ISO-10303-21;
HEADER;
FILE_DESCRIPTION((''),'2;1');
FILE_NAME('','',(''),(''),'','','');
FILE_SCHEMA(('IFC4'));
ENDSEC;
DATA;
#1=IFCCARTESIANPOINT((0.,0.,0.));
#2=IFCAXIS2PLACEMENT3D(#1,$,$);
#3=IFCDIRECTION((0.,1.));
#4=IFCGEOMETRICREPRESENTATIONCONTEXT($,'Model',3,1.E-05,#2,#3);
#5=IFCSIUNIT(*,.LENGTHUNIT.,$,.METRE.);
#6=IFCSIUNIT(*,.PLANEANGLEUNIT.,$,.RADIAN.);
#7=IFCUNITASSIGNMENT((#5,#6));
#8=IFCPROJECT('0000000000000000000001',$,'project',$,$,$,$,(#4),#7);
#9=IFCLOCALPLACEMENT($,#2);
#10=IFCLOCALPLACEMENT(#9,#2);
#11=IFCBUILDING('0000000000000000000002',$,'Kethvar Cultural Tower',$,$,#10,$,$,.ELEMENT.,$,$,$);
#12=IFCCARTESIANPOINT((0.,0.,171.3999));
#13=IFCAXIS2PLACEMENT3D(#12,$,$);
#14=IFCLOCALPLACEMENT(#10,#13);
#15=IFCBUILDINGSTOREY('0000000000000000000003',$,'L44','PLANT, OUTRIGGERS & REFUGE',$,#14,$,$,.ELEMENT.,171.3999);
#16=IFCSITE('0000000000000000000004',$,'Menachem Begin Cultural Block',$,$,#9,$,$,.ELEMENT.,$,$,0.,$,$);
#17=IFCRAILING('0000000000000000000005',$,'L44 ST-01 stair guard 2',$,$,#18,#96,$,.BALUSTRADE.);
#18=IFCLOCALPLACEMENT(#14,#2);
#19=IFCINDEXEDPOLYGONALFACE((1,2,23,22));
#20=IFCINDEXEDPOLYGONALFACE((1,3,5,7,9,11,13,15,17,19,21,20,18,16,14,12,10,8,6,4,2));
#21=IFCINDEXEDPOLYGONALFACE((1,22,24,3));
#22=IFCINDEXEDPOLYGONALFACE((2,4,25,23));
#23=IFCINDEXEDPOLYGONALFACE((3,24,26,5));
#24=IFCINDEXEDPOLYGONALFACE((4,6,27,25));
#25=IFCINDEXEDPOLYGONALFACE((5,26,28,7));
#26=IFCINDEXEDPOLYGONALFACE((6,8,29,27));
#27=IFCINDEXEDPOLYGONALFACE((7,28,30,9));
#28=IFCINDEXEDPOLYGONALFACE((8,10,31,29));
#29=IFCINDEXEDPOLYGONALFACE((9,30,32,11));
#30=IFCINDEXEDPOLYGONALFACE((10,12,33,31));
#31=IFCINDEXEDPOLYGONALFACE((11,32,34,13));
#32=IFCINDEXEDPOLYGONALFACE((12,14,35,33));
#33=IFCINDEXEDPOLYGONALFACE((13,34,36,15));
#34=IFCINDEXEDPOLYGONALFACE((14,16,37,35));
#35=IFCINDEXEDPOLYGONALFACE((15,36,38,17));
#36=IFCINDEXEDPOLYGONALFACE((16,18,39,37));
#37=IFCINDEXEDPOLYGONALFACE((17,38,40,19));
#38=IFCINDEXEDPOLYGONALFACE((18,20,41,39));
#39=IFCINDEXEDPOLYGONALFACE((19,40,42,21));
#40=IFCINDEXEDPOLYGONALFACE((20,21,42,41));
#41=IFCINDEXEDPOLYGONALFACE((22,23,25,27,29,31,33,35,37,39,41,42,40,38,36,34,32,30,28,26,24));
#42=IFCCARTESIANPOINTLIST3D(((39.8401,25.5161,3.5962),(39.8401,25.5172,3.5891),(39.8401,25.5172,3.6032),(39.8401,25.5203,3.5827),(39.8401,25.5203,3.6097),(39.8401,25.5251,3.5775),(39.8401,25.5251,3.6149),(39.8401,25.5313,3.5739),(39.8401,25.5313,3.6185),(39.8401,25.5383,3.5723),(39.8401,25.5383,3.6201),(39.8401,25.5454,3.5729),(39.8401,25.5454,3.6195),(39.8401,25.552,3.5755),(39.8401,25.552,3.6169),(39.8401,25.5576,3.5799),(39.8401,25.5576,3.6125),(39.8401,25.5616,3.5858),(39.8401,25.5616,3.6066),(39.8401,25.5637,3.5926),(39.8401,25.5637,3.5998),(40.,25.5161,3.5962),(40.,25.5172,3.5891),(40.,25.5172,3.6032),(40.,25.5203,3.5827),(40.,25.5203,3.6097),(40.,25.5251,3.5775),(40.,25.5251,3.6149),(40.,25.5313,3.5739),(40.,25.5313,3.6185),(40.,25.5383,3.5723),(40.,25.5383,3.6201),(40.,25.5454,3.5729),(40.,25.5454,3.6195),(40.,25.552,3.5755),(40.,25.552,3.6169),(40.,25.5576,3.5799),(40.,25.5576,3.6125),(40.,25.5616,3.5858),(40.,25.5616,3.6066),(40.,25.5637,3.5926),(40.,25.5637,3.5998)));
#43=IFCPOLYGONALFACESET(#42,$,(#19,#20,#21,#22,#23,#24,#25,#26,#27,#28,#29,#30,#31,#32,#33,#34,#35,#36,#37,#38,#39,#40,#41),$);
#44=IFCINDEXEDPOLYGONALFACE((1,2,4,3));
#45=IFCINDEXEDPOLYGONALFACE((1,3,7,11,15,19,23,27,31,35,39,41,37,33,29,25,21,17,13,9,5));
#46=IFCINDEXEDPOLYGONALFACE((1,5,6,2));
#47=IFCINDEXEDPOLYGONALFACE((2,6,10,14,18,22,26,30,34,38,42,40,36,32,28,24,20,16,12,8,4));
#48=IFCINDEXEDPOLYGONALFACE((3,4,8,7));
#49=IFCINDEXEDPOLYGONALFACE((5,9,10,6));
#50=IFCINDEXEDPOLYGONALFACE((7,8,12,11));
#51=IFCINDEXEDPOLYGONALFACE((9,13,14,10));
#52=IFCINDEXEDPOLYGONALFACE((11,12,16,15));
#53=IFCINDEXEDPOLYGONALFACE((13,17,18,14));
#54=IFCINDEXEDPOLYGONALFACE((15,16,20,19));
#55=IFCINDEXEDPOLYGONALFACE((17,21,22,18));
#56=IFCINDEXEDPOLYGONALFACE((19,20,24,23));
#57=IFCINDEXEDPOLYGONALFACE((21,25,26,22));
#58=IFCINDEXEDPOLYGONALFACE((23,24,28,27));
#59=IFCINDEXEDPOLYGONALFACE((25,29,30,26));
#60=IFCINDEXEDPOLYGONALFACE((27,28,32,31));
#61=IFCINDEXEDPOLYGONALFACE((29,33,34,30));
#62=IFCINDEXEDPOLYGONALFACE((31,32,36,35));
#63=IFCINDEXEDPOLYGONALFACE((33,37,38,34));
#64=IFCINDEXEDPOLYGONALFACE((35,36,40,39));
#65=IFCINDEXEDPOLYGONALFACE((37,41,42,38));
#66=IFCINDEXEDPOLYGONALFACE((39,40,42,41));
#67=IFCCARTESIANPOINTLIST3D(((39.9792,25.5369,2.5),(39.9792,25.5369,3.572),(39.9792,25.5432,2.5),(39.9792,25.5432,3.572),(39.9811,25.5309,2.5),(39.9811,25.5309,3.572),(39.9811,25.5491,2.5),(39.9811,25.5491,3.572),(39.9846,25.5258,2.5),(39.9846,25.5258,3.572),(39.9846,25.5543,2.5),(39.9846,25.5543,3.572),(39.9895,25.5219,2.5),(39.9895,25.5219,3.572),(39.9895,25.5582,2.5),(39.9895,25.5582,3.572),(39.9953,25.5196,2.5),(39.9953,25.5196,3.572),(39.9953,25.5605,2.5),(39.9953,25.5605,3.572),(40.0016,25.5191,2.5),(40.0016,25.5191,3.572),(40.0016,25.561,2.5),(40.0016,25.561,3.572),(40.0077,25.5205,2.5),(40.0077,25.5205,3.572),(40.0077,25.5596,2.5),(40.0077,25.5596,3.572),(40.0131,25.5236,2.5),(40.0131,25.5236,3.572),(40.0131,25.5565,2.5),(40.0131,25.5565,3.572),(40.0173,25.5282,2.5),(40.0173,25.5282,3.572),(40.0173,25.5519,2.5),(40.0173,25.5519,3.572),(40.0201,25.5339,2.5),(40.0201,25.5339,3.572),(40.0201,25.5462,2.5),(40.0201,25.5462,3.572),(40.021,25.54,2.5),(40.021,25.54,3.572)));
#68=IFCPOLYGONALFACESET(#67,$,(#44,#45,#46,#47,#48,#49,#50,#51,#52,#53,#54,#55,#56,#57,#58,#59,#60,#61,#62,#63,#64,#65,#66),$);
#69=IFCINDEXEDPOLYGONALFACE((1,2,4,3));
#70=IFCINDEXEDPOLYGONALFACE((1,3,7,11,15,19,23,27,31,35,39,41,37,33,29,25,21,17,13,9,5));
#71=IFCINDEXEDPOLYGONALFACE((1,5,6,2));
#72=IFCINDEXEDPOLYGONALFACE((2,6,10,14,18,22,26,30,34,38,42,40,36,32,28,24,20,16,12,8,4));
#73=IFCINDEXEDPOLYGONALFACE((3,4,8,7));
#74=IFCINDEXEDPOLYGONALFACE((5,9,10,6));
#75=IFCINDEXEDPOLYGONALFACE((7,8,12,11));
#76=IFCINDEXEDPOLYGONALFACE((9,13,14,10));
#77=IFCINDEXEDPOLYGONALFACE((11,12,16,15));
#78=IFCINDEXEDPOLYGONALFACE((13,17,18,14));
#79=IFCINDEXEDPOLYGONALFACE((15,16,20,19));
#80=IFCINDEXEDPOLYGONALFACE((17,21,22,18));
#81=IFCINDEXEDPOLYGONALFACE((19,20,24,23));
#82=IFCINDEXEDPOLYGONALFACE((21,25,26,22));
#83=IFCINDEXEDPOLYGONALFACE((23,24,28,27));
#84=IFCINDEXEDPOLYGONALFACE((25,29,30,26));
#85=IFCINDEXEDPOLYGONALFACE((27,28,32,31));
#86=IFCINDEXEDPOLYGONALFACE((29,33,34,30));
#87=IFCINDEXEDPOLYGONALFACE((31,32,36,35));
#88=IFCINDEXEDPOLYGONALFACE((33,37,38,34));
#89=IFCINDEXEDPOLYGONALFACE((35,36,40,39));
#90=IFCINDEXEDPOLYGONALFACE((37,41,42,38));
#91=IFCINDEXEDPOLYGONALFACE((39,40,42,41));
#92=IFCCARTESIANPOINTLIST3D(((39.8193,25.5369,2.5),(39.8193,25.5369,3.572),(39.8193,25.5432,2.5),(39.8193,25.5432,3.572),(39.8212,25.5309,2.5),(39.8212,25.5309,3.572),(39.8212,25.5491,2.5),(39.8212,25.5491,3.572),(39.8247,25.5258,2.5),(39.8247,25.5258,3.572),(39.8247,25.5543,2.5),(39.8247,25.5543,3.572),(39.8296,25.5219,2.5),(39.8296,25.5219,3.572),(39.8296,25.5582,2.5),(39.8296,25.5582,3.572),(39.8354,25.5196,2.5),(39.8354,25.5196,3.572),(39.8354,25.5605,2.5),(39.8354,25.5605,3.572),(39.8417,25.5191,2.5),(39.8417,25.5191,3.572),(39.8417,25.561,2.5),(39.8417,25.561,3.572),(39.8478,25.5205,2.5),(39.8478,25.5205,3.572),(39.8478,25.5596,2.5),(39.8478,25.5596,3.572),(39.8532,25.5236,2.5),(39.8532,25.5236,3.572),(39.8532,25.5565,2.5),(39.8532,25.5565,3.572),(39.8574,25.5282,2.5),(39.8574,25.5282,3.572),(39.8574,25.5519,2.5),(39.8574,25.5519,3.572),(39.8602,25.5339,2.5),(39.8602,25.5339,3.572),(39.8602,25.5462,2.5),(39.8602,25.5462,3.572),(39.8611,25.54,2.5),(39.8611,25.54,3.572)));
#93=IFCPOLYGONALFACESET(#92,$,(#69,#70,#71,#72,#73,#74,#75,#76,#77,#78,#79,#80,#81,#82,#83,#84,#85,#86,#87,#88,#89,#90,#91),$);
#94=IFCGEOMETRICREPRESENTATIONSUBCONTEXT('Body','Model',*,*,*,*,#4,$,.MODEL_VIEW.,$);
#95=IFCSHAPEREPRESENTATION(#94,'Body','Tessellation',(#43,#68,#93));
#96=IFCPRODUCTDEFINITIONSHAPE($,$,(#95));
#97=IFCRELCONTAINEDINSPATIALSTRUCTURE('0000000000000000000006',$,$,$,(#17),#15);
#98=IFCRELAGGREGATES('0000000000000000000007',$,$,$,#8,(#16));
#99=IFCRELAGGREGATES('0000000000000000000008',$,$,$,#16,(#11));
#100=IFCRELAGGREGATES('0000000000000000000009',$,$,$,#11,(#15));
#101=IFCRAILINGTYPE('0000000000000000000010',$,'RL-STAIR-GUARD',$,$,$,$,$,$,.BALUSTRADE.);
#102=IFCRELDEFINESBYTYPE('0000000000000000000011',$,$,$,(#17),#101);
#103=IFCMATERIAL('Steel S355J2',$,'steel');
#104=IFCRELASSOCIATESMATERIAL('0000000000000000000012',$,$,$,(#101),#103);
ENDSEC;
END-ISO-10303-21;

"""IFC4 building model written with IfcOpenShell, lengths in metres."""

from ifc_helpers import new_model, si_unit, direction, frame, origin, origin_2d, place, context, subcontext, project, spatial, circle, extrude, material, type_object, element, save


model = new_model("IFC4")

# Units and contexts
model_context = context("Model", 3, precision=1e-05, world=origin(), true_north=direction((0.0, 1.0)))
body_context = subcontext(model_context, "Body", "Model", "MODEL_VIEW")
ifc_project = project(units=[si_unit("LENGTHUNIT", "METRE"), si_unit("PLANEANGLEUNIT", "RADIAN")], contexts=[model_context])

# Site, building, storey
site_placement = place(None, origin())
site = spatial("IfcSite", under=ifc_project, at=site_placement, Name="Menachem Begin Cultural Block", CompositionType="ELEMENT", RefElevation=0.0)
building_placement = place(site_placement, origin())
building = spatial("IfcBuilding", under=site, at=building_placement, Name="Kethvar Cultural Tower", CompositionType="ELEMENT")
storey_placement = place(building_placement, frame((0.0, 0.0, 171.3999)))
storey = spatial("IfcBuildingStorey", under=building, at=storey_placement, Name="L44", Description="PLANT, OUTRIGGERS & REFUGE", CompositionType="ELEMENT", Elevation=171.3999)

# Shared definitions
ifc_material_1 = material(Name="Steel S355J2", Category="steel")

# Railing
railing_type = type_object("IfcRailingType", Name="RL-STAIR-GUARD", PredefinedType="BALUSTRADE", material=ifc_material_1)
railing_1_placement = place(storey_placement, frame((40.0, 25.54, 2.5)))
element("IfcRailing", 1, at=railing_1_placement, inside=storey, type_object=railing_type, Name="L44 ST-01 stair guard 2", PredefinedType="BALUSTRADE", context=body_context, shape_type="SweptSolid", body=[
    extrude(circle(Radius=0.0239, at=origin_2d()), frame((0.0, 0.0, 1.0962), z_axis=(-1.0, 0.0, 0.0), x_axis=(0.0, -1.0, 0.0)), (0.0, 0.0, 1.0), 0.1599),
    extrude(circle(Radius=0.021, at=origin_2d()), origin(), (0.0, 0.0, 1.0), 1.072),
    extrude(circle(Radius=0.021, at=origin_2d()), frame((-0.1599, 0.0, 0.0)), (0.0, 0.0, 1.0), 1.072),
])

save(model, "model.ifc")
